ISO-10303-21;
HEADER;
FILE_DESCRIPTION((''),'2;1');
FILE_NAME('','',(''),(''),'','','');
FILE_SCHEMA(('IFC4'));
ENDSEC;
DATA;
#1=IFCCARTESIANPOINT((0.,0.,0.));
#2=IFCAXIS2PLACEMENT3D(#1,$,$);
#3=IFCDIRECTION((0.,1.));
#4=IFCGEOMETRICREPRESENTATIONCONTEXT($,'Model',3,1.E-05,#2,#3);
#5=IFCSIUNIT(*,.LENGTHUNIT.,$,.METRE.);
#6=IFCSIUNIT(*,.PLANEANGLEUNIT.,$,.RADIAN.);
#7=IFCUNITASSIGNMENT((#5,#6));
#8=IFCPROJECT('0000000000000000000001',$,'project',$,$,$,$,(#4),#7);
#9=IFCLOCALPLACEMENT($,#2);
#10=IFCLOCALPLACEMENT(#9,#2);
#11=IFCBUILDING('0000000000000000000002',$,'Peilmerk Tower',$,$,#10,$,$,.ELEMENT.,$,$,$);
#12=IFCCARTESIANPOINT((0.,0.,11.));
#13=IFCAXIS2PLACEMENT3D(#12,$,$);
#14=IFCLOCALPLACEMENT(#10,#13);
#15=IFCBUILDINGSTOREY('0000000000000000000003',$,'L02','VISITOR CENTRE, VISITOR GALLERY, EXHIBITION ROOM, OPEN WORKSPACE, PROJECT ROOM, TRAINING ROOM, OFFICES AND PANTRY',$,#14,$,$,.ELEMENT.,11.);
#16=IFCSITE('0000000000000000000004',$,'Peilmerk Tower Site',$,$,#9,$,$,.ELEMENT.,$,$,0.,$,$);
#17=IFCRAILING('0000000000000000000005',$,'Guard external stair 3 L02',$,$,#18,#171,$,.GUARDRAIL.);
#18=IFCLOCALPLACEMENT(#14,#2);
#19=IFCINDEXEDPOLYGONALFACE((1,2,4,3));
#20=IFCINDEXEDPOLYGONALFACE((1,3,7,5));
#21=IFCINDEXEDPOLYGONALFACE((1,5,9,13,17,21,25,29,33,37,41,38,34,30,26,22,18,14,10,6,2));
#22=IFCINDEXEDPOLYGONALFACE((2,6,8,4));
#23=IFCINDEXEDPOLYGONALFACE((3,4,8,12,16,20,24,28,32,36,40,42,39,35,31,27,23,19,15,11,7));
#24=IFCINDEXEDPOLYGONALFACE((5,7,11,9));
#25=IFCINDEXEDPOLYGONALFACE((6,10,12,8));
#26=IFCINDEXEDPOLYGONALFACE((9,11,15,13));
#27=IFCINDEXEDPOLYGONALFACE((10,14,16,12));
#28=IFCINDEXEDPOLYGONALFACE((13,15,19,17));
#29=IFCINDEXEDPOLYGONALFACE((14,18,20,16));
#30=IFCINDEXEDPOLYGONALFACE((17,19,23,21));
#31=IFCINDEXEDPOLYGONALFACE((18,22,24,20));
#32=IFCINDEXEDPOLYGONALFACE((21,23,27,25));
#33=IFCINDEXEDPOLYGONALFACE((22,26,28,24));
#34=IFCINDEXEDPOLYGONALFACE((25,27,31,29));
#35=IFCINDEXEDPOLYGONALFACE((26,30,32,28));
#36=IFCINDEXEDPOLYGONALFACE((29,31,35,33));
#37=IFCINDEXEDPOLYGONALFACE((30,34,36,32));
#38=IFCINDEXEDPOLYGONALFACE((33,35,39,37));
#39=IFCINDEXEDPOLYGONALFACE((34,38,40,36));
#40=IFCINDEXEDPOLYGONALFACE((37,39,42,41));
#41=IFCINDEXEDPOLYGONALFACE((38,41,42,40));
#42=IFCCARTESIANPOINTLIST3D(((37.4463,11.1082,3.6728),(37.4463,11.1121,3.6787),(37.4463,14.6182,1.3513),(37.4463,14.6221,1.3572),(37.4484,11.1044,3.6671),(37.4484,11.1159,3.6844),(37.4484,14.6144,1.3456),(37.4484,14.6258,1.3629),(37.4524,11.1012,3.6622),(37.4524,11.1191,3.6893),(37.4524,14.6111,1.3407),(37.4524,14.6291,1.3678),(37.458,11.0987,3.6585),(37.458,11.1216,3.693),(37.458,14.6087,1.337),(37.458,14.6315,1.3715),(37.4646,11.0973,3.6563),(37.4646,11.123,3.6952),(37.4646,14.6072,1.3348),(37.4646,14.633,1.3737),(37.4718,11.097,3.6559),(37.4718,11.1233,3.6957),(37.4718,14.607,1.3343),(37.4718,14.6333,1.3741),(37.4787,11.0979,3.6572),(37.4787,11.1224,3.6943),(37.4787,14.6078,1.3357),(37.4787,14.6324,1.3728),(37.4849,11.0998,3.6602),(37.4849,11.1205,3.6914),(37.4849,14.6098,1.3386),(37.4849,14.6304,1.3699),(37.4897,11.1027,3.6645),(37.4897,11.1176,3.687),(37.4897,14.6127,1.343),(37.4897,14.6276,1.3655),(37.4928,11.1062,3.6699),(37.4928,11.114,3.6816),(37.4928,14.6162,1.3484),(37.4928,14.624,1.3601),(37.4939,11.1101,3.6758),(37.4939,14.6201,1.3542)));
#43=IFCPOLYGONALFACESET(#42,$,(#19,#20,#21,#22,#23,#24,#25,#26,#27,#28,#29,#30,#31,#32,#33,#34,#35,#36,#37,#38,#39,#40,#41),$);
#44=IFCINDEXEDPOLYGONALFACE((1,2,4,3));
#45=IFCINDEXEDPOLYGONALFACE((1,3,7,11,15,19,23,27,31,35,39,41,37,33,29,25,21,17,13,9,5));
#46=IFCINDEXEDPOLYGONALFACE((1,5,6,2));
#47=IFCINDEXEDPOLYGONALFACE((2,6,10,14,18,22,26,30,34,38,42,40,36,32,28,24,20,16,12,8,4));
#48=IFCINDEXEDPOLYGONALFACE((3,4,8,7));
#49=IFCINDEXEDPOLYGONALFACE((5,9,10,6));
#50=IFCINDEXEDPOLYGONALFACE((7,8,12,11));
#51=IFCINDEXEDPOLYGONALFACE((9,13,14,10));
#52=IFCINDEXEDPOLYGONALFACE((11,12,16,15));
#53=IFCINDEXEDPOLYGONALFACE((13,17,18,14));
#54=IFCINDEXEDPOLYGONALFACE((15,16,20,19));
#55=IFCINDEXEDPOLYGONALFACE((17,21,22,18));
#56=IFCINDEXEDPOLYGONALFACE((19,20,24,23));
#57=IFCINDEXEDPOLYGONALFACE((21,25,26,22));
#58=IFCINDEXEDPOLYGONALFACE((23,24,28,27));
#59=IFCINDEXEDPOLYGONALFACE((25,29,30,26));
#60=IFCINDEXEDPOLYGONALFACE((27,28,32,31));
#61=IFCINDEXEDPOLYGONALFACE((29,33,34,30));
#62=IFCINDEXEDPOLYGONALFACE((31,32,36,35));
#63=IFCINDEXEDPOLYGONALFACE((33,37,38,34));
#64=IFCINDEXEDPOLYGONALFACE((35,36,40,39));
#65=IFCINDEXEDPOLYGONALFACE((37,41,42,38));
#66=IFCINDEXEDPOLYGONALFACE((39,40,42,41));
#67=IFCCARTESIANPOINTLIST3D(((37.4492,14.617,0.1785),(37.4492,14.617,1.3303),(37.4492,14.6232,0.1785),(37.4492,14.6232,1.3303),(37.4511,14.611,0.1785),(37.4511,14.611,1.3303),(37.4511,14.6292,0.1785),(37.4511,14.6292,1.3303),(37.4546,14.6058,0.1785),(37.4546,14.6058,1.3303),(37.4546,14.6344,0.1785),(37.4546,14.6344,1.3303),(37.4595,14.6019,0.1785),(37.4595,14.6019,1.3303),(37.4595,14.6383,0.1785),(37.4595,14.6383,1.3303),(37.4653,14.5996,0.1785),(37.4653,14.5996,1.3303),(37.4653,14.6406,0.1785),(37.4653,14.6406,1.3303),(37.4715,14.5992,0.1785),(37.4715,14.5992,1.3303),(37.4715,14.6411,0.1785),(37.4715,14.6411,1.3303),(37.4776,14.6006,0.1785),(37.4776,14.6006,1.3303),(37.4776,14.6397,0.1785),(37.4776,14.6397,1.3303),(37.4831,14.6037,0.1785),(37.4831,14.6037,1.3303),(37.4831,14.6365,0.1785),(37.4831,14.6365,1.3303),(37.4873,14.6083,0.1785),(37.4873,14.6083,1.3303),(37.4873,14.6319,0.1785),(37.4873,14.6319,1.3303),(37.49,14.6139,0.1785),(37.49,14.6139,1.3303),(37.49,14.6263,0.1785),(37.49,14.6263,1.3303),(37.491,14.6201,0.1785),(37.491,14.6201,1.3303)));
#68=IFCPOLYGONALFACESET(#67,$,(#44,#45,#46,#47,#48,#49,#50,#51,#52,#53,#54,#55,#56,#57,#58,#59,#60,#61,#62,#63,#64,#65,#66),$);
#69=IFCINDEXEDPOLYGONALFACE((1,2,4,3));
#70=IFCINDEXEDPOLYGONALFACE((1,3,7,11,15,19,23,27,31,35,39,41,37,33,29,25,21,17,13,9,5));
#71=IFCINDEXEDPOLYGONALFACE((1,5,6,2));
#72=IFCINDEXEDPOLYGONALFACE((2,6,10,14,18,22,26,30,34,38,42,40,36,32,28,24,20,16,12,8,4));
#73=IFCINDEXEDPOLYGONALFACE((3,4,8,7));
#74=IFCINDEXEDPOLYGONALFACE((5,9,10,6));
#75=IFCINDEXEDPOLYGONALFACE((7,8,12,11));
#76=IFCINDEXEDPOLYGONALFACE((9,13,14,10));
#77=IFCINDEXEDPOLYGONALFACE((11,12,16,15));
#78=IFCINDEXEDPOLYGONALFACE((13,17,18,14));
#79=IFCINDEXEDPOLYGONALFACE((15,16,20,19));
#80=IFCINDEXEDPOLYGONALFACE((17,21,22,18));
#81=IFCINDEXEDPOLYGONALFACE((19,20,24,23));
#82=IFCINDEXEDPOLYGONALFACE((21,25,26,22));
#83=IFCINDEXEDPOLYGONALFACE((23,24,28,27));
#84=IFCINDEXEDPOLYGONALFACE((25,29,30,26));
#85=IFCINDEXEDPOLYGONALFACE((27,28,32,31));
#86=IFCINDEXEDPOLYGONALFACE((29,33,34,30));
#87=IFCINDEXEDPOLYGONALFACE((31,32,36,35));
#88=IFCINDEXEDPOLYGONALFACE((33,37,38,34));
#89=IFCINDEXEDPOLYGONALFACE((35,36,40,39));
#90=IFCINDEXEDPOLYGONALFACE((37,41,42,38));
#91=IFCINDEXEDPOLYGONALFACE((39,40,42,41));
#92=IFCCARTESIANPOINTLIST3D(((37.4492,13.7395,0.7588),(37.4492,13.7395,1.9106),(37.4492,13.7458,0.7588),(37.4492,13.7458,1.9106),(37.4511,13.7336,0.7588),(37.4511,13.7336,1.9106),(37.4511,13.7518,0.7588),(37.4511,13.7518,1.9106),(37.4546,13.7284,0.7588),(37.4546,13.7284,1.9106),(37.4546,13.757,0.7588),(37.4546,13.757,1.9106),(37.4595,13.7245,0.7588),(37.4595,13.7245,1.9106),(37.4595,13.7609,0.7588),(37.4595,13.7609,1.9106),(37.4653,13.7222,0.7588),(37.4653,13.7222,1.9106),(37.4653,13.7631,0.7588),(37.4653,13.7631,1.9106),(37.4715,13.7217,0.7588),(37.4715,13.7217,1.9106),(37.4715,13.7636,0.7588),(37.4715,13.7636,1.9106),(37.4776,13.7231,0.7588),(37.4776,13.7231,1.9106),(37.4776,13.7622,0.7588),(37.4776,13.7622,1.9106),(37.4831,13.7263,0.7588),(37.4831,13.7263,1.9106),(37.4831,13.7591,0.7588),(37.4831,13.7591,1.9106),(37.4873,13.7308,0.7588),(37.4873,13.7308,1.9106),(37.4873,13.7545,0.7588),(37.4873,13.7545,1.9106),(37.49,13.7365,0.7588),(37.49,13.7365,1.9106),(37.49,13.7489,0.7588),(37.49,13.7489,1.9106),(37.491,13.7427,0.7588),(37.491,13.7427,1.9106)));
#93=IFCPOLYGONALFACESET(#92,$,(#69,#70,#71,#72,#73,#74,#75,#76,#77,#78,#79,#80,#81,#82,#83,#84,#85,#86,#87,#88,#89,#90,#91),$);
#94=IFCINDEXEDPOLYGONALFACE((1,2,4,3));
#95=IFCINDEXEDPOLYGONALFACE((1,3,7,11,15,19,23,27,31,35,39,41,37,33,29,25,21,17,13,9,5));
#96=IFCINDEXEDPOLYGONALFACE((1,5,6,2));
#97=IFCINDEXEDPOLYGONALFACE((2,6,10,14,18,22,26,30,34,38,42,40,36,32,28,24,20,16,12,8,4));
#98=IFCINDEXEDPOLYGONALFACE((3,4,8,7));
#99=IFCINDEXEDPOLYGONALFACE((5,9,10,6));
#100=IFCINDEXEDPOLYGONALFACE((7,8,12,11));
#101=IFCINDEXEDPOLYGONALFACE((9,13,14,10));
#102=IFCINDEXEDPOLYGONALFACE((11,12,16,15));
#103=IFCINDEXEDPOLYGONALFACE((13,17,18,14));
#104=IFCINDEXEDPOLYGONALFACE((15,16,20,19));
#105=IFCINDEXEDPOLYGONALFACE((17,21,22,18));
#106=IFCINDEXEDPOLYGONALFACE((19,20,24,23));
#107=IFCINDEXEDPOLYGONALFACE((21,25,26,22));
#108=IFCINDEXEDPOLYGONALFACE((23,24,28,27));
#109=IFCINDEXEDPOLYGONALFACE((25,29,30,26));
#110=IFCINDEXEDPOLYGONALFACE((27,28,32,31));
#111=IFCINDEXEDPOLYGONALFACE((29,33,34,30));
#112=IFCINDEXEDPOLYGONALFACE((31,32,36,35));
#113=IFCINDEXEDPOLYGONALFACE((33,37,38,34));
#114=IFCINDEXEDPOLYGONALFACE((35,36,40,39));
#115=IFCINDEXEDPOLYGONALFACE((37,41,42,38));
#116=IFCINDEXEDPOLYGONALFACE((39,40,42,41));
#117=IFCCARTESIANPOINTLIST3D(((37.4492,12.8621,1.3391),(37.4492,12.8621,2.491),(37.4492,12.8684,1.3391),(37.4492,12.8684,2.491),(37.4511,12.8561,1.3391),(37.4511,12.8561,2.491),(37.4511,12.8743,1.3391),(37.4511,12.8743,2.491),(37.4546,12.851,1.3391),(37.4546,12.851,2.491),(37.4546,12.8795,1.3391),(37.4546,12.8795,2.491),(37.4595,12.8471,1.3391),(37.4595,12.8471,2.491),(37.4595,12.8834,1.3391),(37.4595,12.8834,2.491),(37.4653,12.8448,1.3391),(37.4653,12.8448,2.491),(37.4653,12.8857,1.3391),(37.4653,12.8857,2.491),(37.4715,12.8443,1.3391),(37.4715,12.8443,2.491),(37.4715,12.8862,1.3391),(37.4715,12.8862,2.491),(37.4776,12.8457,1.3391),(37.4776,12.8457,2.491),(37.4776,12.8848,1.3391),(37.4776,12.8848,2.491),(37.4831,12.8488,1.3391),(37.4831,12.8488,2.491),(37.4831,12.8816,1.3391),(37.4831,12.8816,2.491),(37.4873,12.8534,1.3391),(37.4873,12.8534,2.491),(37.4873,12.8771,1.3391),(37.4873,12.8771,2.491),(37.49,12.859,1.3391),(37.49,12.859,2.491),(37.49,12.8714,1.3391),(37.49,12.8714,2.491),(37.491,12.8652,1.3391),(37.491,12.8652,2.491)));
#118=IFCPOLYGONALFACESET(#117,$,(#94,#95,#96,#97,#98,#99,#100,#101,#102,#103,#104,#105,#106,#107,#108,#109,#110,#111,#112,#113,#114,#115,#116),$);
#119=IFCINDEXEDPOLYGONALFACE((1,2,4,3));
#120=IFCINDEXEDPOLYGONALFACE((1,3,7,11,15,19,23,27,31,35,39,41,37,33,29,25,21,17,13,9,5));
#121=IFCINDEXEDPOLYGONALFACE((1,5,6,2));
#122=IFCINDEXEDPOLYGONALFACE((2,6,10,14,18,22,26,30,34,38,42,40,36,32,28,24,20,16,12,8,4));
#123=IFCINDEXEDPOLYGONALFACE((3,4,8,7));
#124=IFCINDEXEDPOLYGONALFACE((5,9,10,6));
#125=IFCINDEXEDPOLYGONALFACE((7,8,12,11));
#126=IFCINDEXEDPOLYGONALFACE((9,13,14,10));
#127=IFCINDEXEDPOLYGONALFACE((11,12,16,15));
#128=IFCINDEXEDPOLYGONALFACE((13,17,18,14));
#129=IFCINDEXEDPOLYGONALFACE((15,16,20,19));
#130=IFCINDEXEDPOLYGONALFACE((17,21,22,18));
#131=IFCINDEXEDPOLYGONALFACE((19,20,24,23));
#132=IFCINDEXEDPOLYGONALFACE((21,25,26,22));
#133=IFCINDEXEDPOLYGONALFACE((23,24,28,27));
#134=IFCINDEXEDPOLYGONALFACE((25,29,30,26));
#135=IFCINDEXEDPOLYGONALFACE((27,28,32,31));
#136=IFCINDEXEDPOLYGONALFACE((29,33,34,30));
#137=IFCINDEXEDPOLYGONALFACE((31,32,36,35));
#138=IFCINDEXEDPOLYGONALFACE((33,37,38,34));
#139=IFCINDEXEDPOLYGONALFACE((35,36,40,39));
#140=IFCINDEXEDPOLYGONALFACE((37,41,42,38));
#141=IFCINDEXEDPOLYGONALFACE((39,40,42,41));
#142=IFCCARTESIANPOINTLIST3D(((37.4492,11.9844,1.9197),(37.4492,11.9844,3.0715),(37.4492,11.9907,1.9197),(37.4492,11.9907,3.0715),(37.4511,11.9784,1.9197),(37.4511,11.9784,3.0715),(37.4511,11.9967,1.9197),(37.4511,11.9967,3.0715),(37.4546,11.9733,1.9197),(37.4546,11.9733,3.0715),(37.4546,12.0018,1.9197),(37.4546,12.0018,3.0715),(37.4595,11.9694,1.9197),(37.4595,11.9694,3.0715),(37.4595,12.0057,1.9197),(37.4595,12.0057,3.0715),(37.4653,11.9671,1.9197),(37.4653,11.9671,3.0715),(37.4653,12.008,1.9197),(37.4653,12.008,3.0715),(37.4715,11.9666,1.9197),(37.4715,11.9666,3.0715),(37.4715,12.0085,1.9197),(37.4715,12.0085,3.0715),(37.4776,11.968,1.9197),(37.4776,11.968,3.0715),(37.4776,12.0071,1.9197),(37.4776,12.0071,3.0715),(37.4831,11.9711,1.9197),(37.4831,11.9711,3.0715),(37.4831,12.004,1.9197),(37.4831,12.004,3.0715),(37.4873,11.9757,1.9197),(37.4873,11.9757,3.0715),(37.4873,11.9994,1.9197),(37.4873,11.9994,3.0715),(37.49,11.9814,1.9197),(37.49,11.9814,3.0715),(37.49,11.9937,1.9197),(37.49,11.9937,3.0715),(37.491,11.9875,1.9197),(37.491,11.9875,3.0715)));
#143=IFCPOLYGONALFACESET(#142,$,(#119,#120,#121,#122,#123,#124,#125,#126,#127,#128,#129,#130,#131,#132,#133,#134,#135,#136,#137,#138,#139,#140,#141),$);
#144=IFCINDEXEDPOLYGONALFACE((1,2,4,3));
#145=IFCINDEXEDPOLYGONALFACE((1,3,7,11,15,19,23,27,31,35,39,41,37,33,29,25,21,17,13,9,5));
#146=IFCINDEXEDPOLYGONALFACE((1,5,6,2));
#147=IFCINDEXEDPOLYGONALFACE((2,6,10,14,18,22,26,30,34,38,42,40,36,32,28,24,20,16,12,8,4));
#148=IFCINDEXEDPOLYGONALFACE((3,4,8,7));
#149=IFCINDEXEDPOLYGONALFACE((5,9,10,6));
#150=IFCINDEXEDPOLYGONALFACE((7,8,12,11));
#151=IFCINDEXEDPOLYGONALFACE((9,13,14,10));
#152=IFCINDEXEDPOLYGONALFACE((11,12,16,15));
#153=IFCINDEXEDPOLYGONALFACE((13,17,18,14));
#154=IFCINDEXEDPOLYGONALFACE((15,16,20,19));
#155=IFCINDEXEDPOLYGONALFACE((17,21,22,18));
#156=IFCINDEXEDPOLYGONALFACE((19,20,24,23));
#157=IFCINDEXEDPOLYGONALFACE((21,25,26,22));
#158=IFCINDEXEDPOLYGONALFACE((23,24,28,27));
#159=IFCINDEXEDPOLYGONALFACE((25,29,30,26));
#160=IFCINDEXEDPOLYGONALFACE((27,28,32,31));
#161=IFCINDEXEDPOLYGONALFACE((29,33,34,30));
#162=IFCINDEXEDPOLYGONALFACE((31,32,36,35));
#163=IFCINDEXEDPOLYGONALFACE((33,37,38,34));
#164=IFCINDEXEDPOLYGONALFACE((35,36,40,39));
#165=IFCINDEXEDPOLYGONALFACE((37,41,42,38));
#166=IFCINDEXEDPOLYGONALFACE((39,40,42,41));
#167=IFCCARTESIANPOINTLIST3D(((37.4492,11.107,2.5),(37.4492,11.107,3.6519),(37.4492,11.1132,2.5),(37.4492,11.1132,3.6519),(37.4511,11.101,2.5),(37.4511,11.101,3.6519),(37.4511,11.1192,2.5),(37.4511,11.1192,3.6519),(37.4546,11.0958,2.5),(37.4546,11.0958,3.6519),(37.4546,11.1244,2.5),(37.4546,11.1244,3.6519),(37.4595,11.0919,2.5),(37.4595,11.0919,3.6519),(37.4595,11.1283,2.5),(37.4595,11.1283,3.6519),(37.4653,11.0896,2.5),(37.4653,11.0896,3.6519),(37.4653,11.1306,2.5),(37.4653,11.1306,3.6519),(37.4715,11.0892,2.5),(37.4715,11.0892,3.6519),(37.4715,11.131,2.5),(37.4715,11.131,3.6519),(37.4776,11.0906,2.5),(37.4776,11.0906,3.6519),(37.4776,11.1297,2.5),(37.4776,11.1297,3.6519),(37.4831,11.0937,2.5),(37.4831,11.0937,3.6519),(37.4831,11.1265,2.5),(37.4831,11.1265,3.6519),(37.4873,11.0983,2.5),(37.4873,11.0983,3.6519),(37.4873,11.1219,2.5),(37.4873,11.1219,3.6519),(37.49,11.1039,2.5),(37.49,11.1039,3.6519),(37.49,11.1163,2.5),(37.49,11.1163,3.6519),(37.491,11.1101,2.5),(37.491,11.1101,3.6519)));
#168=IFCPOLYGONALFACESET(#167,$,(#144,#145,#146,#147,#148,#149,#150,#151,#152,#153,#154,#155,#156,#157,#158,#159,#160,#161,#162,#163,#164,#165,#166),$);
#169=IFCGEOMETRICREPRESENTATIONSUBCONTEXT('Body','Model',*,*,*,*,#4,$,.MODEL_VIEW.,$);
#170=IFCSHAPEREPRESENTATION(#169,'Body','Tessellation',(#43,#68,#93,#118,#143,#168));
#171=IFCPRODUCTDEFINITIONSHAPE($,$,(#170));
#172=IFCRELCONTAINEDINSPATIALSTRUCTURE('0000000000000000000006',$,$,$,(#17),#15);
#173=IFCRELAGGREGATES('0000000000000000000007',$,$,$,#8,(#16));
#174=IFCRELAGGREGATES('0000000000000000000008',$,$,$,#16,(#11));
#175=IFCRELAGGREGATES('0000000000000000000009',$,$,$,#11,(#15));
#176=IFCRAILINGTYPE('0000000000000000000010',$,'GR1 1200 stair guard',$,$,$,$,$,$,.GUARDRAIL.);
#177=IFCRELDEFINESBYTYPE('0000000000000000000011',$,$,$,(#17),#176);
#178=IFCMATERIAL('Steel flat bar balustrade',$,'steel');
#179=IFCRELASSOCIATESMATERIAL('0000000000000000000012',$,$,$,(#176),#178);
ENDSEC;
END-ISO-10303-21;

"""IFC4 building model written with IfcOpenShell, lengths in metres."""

from ifc_helpers import new_model, si_unit, direction, frame, origin, origin_2d, place, context, subcontext, project, spatial, circle, extrude, material, type_object, element, save


model = new_model("IFC4")

# Units and contexts
model_context = context("Model", 3, precision=1e-05, world=origin(), true_north=direction((0.0, 1.0)))
body_context = subcontext(model_context, "Body", "Model", "MODEL_VIEW")
ifc_project = project(units=[si_unit("LENGTHUNIT", "METRE"), si_unit("PLANEANGLEUNIT", "RADIAN")], contexts=[model_context])

# Site, building, storey
site_placement = place(None, origin())
site = spatial("IfcSite", under=ifc_project, at=site_placement, Name="Peilmerk Tower Site", CompositionType="ELEMENT", RefElevation=0.0)
building_placement = place(site_placement, origin())
building = spatial("IfcBuilding", under=site, at=building_placement, Name="Peilmerk Tower", CompositionType="ELEMENT")
storey_placement = place(building_placement, frame((0.0, 0.0, 11.0)))
storey = spatial("IfcBuildingStorey", under=building, at=storey_placement, Name="L02", Description="VISITOR CENTRE, VISITOR GALLERY, EXHIBITION ROOM, OPEN WORKSPACE, PROJECT ROOM, TRAINING ROOM, OFFICES AND PANTRY", CompositionType="ELEMENT", Elevation=11.0)

# Railing
ifc_material_1 = material(Name="Steel flat bar balustrade", Category="steel")
railing_type_1 = type_object("IfcRailingType", Name="GR1 1200 stair guard", PredefinedType="GUARDRAIL", material=ifc_material_1)
railing_1_placement = place(storey_placement, frame((37.47, 14.6201, 0.1785)))
element("IfcRailing", 1, at=railing_1_placement, inside=storey, type_object=railing_type_1, Name="Guard external stair 3 L02", PredefinedType="GUARDRAIL", context=body_context, shape_type="SweptSolid", body=[
    extrude(circle(Radius=0.0239, at=origin_2d()), frame((0.0, 0.0, 1.1758), z_axis=(0.0, -0.834071, 0.551657), x_axis=(1.0, 0.0, 0.0)), (0.0, 0.0, 1.0), 4.2083),
    extrude(circle(Radius=0.021, at=origin_2d()), origin(), (0.0, 0.0, 1.0), 1.1519),
    extrude(circle(Radius=0.021, at=origin_2d()), frame((0.0, -0.8774, 0.5803)), (0.0, 0.0, 1.0), 1.1519),
    extrude(circle(Radius=0.021, at=origin_2d()), frame((0.0, -1.7549, 1.1606)), (0.0, 0.0, 1.0), 1.1519),
    extrude(circle(Radius=0.021, at=origin_2d()), frame((0.0, -2.6326, 1.7412)), (0.0, 0.0, 1.0), 1.1519),
    extrude(circle(Radius=0.021, at=origin_2d()), frame((0.0, -3.51, 2.3215)), (0.0, 0.0, 1.0), 1.1519),
])

save(model, "model.ifc")
